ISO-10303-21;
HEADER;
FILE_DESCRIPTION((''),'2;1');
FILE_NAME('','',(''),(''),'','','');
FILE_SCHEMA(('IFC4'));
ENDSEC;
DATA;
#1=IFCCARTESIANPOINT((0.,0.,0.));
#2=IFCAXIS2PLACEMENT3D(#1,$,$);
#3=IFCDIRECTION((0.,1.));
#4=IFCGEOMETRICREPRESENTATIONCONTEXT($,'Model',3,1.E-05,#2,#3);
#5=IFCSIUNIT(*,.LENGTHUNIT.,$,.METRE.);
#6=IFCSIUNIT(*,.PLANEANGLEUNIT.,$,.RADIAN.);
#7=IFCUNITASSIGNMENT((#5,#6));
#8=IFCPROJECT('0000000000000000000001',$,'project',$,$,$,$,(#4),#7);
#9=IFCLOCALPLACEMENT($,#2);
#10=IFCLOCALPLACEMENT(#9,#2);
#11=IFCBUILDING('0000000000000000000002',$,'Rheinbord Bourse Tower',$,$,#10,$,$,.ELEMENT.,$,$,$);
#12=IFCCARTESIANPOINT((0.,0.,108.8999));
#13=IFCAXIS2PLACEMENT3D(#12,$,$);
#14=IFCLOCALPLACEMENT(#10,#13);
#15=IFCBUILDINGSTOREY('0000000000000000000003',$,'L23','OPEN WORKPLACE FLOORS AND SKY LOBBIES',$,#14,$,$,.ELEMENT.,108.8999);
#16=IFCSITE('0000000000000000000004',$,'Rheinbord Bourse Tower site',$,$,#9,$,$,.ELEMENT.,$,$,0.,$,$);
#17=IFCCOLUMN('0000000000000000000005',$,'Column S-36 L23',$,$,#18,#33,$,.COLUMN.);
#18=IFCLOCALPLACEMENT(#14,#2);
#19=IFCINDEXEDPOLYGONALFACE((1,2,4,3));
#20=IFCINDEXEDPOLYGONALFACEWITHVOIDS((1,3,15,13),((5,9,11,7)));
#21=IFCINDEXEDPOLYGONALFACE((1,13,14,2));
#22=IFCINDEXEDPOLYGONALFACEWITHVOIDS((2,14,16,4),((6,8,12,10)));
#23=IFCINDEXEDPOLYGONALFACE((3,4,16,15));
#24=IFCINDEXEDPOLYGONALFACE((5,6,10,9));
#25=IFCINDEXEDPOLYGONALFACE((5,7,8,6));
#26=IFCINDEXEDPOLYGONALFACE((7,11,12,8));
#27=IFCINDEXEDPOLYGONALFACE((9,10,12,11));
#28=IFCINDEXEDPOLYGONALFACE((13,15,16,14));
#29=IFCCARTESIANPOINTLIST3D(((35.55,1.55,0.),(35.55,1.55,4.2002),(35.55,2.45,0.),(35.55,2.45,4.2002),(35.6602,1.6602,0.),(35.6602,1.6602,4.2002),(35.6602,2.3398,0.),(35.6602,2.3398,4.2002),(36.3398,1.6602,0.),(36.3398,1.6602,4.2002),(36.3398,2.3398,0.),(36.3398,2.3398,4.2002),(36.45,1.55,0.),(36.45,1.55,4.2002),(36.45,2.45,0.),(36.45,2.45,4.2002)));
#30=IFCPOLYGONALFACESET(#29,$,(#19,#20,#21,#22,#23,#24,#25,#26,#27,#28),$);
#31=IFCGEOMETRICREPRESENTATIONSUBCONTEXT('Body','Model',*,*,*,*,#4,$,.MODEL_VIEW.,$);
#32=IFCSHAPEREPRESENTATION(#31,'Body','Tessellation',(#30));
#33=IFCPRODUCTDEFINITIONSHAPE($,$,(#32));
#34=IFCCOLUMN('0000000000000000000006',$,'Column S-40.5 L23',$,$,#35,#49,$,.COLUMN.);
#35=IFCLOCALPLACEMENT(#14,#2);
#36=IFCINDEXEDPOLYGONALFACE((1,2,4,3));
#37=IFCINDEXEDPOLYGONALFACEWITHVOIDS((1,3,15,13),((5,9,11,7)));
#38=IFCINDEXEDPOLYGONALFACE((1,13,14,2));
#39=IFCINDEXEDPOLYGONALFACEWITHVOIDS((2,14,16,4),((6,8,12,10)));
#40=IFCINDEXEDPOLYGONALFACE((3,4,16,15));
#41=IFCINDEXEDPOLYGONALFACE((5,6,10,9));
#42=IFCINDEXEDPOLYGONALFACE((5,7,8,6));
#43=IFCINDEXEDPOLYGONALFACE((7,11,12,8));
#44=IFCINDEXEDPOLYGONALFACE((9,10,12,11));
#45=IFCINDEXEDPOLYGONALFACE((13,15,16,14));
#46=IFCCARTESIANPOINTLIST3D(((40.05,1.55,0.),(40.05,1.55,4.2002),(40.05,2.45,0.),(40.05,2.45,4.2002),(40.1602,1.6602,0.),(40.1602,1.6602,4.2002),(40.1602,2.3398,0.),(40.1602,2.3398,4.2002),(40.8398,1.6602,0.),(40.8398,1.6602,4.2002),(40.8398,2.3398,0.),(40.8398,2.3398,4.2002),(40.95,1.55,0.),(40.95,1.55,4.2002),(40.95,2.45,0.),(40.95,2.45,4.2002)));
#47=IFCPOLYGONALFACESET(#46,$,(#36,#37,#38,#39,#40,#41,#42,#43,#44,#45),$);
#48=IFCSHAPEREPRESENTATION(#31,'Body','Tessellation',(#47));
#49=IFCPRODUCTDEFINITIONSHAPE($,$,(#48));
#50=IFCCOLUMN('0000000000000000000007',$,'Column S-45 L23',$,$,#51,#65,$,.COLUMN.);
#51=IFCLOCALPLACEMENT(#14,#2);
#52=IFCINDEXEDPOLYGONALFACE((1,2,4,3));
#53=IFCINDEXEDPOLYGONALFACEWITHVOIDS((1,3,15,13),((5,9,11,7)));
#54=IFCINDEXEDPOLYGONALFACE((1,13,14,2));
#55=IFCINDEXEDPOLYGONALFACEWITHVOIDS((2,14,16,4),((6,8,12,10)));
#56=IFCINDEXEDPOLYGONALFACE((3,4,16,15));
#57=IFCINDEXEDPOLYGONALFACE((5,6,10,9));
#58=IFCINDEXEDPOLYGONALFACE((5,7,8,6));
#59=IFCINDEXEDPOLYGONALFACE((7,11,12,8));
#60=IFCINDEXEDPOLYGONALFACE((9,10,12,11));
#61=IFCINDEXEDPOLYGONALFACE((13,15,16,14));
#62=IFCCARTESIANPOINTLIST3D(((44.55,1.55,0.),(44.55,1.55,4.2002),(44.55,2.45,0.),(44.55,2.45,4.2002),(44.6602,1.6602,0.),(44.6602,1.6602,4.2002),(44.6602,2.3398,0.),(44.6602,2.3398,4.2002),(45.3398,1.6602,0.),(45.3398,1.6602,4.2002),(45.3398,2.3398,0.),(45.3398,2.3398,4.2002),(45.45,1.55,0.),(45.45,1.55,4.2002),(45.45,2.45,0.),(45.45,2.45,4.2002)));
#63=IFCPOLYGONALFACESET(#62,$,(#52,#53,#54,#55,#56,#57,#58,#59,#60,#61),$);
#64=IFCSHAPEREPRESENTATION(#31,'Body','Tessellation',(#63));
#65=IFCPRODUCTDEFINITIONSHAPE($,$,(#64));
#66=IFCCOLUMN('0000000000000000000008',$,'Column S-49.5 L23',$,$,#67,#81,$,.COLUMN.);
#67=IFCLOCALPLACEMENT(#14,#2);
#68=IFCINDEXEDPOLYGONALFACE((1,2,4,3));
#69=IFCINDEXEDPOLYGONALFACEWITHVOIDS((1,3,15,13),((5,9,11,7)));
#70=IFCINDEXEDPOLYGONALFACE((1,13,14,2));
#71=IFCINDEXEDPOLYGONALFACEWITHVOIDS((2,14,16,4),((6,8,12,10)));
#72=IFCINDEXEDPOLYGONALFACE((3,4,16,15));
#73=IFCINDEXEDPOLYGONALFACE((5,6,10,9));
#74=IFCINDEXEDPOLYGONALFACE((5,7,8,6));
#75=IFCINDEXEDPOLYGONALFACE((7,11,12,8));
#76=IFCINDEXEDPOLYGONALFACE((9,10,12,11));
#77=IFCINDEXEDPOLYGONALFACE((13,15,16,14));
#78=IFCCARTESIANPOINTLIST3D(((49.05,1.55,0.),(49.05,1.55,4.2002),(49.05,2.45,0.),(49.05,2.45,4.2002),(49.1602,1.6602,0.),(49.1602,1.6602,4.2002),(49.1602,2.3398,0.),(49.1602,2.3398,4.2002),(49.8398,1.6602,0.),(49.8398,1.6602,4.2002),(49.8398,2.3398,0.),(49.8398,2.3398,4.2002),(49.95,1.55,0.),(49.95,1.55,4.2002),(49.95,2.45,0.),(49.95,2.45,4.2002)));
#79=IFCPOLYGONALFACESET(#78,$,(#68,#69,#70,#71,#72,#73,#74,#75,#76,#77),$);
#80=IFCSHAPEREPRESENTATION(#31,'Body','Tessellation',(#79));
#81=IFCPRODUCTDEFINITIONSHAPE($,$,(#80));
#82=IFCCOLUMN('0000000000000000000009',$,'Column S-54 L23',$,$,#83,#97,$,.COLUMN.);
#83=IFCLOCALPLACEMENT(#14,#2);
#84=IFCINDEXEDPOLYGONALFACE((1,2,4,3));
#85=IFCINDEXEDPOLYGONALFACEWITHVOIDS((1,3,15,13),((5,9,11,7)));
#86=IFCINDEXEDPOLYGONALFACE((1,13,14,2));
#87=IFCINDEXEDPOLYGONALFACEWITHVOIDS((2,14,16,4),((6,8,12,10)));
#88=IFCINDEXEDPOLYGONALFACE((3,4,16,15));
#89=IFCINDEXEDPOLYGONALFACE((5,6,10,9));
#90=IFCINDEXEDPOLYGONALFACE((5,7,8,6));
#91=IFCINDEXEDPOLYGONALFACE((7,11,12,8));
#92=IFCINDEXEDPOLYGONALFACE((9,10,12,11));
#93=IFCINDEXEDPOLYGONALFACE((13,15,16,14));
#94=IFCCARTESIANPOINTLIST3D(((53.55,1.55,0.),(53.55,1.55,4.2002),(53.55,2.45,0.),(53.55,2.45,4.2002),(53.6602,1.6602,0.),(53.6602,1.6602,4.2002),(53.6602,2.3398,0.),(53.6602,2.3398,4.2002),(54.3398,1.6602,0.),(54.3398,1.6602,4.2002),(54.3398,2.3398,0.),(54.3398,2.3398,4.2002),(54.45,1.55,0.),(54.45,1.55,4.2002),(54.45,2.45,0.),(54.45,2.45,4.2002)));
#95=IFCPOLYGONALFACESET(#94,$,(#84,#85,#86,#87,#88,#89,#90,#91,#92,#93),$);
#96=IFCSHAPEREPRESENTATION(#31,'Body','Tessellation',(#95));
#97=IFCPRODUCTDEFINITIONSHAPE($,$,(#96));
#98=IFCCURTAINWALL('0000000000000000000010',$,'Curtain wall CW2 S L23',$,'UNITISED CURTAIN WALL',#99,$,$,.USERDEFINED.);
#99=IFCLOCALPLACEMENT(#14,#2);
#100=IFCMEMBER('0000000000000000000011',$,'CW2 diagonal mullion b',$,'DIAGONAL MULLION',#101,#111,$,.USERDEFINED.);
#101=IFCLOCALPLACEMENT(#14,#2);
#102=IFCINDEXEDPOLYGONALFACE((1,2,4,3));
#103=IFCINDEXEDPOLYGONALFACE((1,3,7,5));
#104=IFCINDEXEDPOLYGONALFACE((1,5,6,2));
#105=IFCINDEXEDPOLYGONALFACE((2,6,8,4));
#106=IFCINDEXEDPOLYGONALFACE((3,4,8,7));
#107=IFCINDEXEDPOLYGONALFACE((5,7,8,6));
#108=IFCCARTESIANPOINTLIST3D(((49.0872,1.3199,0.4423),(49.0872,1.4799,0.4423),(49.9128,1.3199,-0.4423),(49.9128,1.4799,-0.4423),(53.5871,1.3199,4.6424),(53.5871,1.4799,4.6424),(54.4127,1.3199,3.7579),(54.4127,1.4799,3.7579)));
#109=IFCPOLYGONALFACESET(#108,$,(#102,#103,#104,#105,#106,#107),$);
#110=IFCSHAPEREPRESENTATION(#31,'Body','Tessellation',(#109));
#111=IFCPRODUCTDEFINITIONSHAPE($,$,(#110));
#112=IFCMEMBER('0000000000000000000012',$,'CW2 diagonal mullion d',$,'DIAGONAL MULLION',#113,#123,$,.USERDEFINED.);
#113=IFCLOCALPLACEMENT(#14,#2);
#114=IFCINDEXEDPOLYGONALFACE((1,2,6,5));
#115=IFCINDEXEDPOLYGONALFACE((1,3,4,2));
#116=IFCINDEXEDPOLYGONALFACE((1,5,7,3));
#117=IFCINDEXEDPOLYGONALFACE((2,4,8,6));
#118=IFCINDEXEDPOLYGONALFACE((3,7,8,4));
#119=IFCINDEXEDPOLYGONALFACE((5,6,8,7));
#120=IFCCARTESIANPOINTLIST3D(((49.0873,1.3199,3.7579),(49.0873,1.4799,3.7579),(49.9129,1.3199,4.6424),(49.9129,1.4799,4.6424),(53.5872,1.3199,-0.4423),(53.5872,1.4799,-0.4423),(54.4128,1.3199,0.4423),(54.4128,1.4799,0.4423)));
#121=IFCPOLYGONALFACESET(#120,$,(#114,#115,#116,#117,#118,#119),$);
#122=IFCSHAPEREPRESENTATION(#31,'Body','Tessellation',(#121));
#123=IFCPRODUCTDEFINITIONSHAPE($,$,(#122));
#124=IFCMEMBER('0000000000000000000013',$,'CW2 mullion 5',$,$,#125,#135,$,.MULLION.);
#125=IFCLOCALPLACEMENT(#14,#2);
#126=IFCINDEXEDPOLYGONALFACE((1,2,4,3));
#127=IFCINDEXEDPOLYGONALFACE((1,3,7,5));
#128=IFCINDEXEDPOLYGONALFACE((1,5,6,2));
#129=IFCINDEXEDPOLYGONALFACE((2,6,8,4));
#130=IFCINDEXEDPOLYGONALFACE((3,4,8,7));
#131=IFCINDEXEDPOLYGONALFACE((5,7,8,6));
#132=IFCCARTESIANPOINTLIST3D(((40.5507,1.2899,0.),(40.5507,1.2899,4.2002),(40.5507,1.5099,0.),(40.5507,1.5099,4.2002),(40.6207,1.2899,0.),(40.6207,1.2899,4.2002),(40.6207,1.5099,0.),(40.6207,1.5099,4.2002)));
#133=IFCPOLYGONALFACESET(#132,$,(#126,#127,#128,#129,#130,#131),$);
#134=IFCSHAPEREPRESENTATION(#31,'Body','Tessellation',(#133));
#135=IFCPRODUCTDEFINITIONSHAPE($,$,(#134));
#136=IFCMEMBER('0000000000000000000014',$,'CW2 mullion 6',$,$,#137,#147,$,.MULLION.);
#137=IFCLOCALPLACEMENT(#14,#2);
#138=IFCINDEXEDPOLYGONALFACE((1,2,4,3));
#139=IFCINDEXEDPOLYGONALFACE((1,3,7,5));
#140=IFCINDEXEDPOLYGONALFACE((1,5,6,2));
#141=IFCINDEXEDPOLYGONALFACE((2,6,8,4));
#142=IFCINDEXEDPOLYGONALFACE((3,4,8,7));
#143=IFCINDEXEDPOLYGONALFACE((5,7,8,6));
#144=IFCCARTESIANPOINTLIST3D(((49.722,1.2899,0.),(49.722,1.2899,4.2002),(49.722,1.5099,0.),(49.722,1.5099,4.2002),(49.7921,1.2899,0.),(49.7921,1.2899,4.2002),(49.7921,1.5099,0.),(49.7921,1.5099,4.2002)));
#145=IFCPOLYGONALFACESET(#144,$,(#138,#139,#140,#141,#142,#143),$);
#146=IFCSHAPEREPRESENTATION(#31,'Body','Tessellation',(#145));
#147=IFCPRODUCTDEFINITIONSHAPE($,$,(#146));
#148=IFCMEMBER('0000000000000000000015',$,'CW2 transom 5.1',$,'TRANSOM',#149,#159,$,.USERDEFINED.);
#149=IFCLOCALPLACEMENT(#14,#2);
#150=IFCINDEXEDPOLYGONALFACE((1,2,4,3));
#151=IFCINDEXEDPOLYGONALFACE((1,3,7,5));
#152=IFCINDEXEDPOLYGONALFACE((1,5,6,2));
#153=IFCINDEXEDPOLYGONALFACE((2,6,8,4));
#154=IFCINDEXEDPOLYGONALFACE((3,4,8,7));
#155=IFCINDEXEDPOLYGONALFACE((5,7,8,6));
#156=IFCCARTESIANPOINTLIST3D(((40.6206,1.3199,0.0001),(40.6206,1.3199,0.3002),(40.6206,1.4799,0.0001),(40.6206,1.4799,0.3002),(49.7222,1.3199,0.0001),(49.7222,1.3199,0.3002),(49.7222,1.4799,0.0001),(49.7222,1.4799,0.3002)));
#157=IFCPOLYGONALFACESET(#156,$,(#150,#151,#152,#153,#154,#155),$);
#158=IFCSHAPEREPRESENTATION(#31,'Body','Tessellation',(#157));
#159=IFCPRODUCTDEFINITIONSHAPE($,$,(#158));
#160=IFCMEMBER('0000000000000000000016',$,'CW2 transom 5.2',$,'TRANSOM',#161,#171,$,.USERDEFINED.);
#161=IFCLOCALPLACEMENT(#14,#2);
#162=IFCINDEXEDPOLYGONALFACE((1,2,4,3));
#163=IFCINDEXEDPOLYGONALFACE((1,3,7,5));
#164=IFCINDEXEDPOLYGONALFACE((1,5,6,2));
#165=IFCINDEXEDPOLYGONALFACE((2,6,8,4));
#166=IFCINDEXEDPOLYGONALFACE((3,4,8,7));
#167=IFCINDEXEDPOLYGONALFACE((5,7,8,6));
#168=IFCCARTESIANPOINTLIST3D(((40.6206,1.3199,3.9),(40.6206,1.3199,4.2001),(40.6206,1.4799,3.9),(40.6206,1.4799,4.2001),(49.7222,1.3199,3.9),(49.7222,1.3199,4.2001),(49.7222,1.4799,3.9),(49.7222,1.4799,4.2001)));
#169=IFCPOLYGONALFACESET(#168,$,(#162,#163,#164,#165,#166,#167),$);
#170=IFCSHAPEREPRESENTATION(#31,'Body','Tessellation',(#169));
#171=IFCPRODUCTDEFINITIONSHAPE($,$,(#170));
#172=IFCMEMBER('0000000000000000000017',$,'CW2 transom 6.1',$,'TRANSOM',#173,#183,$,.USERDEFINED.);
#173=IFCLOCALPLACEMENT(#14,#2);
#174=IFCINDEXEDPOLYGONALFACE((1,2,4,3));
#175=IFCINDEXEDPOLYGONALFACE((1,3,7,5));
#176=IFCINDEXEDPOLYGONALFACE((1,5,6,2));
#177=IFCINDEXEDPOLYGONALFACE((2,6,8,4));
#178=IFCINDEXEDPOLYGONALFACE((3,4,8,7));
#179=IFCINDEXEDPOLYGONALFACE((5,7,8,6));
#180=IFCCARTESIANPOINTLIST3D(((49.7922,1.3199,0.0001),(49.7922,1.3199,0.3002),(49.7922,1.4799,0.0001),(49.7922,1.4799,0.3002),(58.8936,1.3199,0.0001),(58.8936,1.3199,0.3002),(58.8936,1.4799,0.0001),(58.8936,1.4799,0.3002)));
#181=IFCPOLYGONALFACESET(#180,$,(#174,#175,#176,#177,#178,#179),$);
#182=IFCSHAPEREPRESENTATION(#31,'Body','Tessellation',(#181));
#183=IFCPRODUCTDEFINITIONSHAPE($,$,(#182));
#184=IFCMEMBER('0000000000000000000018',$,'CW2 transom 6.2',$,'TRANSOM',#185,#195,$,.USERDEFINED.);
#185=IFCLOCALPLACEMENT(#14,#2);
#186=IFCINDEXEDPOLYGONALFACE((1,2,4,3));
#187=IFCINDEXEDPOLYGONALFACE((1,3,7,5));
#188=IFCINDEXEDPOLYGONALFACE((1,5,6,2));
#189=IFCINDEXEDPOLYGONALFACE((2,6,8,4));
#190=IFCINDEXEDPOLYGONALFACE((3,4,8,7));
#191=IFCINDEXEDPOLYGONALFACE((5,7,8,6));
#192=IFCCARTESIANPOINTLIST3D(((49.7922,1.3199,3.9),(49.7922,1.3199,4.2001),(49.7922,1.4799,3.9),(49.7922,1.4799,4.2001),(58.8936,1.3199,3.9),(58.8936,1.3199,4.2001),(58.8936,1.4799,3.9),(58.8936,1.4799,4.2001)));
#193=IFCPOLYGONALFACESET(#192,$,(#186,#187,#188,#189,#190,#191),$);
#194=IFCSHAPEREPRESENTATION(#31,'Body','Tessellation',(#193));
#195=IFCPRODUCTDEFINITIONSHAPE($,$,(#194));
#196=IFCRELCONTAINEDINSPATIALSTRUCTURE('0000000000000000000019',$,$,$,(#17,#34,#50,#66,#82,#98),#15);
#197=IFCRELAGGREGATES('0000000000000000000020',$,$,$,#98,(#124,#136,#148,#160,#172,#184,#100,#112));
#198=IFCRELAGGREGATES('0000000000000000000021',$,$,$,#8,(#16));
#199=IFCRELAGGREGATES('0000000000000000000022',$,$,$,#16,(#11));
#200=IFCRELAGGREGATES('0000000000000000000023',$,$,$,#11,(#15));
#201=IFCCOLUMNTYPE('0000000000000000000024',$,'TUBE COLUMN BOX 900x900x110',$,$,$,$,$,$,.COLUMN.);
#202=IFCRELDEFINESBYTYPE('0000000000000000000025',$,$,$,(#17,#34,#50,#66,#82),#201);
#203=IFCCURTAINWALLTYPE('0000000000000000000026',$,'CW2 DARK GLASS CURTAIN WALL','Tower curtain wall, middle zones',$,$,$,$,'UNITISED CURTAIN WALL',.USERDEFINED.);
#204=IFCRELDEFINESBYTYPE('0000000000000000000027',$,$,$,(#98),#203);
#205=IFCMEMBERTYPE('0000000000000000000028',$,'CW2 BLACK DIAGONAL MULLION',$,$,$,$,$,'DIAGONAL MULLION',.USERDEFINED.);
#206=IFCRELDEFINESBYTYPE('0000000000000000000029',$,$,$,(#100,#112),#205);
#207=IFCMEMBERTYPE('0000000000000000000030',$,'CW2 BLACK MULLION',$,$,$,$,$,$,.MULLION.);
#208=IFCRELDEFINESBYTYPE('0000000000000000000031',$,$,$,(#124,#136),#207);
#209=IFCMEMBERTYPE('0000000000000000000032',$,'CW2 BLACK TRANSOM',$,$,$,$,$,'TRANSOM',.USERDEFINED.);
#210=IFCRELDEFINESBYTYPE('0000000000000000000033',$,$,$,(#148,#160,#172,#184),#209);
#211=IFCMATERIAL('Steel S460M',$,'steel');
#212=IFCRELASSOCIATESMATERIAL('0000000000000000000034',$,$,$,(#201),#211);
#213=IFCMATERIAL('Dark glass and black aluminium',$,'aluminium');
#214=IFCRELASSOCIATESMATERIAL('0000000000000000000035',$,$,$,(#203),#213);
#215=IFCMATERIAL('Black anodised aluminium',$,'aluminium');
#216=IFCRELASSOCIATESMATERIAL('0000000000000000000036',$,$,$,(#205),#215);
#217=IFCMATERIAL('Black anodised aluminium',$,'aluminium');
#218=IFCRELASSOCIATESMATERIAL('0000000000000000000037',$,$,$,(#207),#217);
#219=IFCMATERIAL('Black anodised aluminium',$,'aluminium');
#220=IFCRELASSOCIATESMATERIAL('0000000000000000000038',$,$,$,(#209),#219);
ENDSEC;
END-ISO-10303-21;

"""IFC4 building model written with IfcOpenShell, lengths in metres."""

from ifc_helpers import new_model, si_unit, direction, frame, origin, origin_2d, place, context, subcontext, project, spatial, rectangle, hollow_rectangle, extrude, material, material_profile, profile_set, type_object, element, aggregate, save


model = new_model("IFC4")

# Units and contexts
model_context = context("Model", 3, precision=1e-05, world=origin(), true_north=direction((0.0, 1.0)))
body_context = subcontext(model_context, "Body", "Model", "MODEL_VIEW")
ifc_project = project(units=[si_unit("LENGTHUNIT", "METRE"), si_unit("PLANEANGLEUNIT", "RADIAN")], contexts=[model_context])

# Site, building, storey
site_placement = place(None, origin())
site = spatial("IfcSite", under=ifc_project, at=site_placement, Name="Rheinbord Bourse Tower site", CompositionType="ELEMENT", RefElevation=0.0)
building_placement = place(site_placement, origin())
building = spatial("IfcBuilding", under=site, at=building_placement, Name="Rheinbord Bourse Tower", CompositionType="ELEMENT")
storey_placement = place(building_placement, frame((0.0, 0.0, 108.8999)))
storey = spatial("IfcBuildingStorey", under=building, at=storey_placement, Name="L23", Description="OPEN WORKPLACE FLOORS AND SKY LOBBIES", CompositionType="ELEMENT", Elevation=108.8999)

# Columns
ifc_material_1 = material(Name="Steel S460M", Category="steel")
ifc_material_profile_1 = material_profile(ifc_material_1, hollow_rectangle(XDim=0.8999, YDim=0.8999, WallThickness=0.1101, at=origin_2d()), Name="BOX 900x900x110")
ifc_profile_set_1 = profile_set([ifc_material_profile_1], Name="Steel S460M")
column_type = type_object("IfcColumnType", Name="TUBE COLUMN BOX 900x900x110", PredefinedType="COLUMN", material=ifc_profile_set_1)
for number, where, z_axis, x_axis, name in (
    (1, (36.0, 2.0, 0.0), (0.0, 0.0, 1.0), (0.0, 1.0, 0.0), "Column S-36 L23"),
    (2, (40.5, 2.0, 0.0), (0.0, 0.0, 1.0), (0.0, 1.0, 0.0), "Column S-40.5 L23"),
    (3, (45.0, 2.0, 0.0), (0.0, 0.0, 1.0), (0.0, 1.0, 0.0), "Column S-45 L23"),
    (4, (49.5, 2.0, 0.0), (0.0, 0.0, 1.0), (0.0, 1.0, 0.0), "Column S-49.5 L23"),
    (5, (54.0, 2.0, 0.0), (0.0, 0.0, 1.0), (0.0, 1.0, 0.0), "Column S-54 L23"),
):
    element("IfcColumn", number, at=place(storey_placement, frame(where, z_axis=z_axis, x_axis=x_axis)), inside=storey, type_object=column_type, Name=name, PredefinedType="COLUMN", context=body_context, shape_type="SweptSolid", body=[
        extrude(hollow_rectangle(XDim=0.8999, YDim=0.8999, WallThickness=0.1101, at=origin_2d()), origin(), (0.0, 0.0, 1.0), 4.2002),
    ])

# Curtain wall, members
ifc_material_2 = material(Name="Dark glass and black aluminium", Category="aluminium")
curtain_wall_type = type_object("IfcCurtainWallType", Name="CW2 DARK GLASS CURTAIN WALL", Description="Tower curtain wall, middle zones", ElementType="UNITISED CURTAIN WALL", PredefinedType="USERDEFINED", material=ifc_material_2)
curtain_wall_placement = place(storey_placement, origin())
curtain_wall = element("IfcCurtainWall", 6, at=curtain_wall_placement, inside=storey, type_object=curtain_wall_type, Name="Curtain wall CW2 S L23", ObjectType="UNITISED CURTAIN WALL", PredefinedType="USERDEFINED")
ifc_material_3 = material(Name="Black anodised aluminium", Category="aluminium")
ifc_material_profile_2 = material_profile(ifc_material_3, rectangle(XDim=0.1599, YDim=1.21, at=origin_2d()), Name="CW2 DIAGONAL MULLION 1210x160")
ifc_profile_set_2 = profile_set([ifc_material_profile_2], Name="Black anodised aluminium")
member_type_1 = type_object("IfcMemberType", Name="CW2 BLACK DIAGONAL MULLION", ElementType="DIAGONAL MULLION", PredefinedType="USERDEFINED", material=ifc_profile_set_2)
member_1_placement = place(storey_placement, frame((49.5, 1.3999, 0.0), z_axis=(0.731039, 0.0, 0.682335), x_axis=(0.0, 1.0, 0.0)))
member_1 = element("IfcMember", 7, at=member_1_placement, type_object=member_type_1, Name="CW2 diagonal mullion b", ObjectType="DIAGONAL MULLION", PredefinedType="USERDEFINED", context=body_context, shape_type="SweptSolid", body=[
    extrude(rectangle(XDim=0.1599, YDim=1.21, at=origin_2d()), origin(), (0.0, 0.0, 1.0), 6.1555),
])
member_2_placement = place(storey_placement, frame((54.0, 1.3999, 0.0), z_axis=(-0.731039, 0.0, 0.682335), x_axis=(0.0, -1.0, 0.0)))
member_2 = element("IfcMember", 8, at=member_2_placement, type_object=member_type_1, Name="CW2 diagonal mullion d", ObjectType="DIAGONAL MULLION", PredefinedType="USERDEFINED", context=body_context, shape_type="SweptSolid", body=[
    extrude(rectangle(XDim=0.1599, YDim=1.21, at=origin_2d()), origin(), (0.0, 0.0, 1.0), 6.1555),
])
ifc_material_4 = material(Name="Black anodised aluminium", Category="aluminium")
ifc_material_profile_3 = material_profile(ifc_material_4, rectangle(XDim=0.22, YDim=0.0701, at=origin_2d()), Name="CW2 MULLION 70x220")
ifc_profile_set_3 = profile_set([ifc_material_profile_3], Name="Black anodised aluminium")
member_type_2 = type_object("IfcMemberType", Name="CW2 BLACK MULLION", PredefinedType="MULLION", material=ifc_profile_set_3)
member_3_placement = place(storey_placement, frame((40.5857, 1.3999, 0.0), z_axis=(0.0, 0.0, 1.0), x_axis=(0.0, 1.0, 0.0)))
member_3 = element("IfcMember", 9, at=member_3_placement, type_object=member_type_2, Name="CW2 mullion 5", PredefinedType="MULLION", context=body_context, shape_type="SweptSolid", body=[
    extrude(rectangle(XDim=0.22, YDim=0.0701, at=origin_2d()), origin(), (0.0, 0.0, 1.0), 4.2002),
])
member_4_placement = place(storey_placement, frame((49.7571, 1.3999, 0.0), z_axis=(0.0, 0.0, 1.0), x_axis=(0.0, 1.0, 0.0)))
member_4 = element("IfcMember", 10, at=member_4_placement, type_object=member_type_2, Name="CW2 mullion 6", PredefinedType="MULLION", context=body_context, shape_type="SweptSolid", body=[
    extrude(rectangle(XDim=0.22, YDim=0.0701, at=origin_2d()), origin(), (0.0, 0.0, 1.0), 4.2002),
])
ifc_material_5 = material(Name="Black anodised aluminium", Category="aluminium")
ifc_material_profile_4 = material_profile(ifc_material_5, rectangle(XDim=0.1599, YDim=0.3, at=origin_2d()), Name="CW2 TRANSOM 300x160")
ifc_profile_set_4 = profile_set([ifc_material_profile_4], Name="Black anodised aluminium")
member_type_3 = type_object("IfcMemberType", Name="CW2 BLACK TRANSOM", ElementType="TRANSOM", PredefinedType="USERDEFINED", material=ifc_profile_set_4)
member_5_placement = place(storey_placement, frame((40.6206, 1.3999, 0.1501), z_axis=(1.0, 0.0, 0.0), x_axis=(0.0, 1.0, 0.0)))
member_5 = element("IfcMember", 11, at=member_5_placement, type_object=member_type_3, Name="CW2 transom 5.1", ObjectType="TRANSOM", PredefinedType="USERDEFINED", context=body_context, shape_type="SweptSolid", body=[
    extrude(rectangle(XDim=0.1599, YDim=0.3, at=origin_2d()), origin(), (0.0, 0.0, 1.0), 9.1016),
])
member_6_placement = place(storey_placement, frame((40.6206, 1.3999, 4.05), z_axis=(1.0, 0.0, 0.0), x_axis=(0.0, 1.0, 0.0)))
member_6 = element("IfcMember", 12, at=member_6_placement, type_object=member_type_3, Name="CW2 transom 5.2", ObjectType="TRANSOM", PredefinedType="USERDEFINED", context=body_context, shape_type="SweptSolid", body=[
    extrude(rectangle(XDim=0.1599, YDim=0.3, at=origin_2d()), origin(), (0.0, 0.0, 1.0), 9.1016),
])
member_7_placement = place(storey_placement, frame((49.7922, 1.3999, 0.1501), z_axis=(1.0, 0.0, 0.0), x_axis=(0.0, 1.0, 0.0)))
member_7 = element("IfcMember", 13, at=member_7_placement, type_object=member_type_3, Name="CW2 transom 6.1", ObjectType="TRANSOM", PredefinedType="USERDEFINED", context=body_context, shape_type="SweptSolid", body=[
    extrude(rectangle(XDim=0.1599, YDim=0.3, at=origin_2d()), origin(), (0.0, 0.0, 1.0), 9.1013),
])
member_8_placement = place(storey_placement, frame((49.7922, 1.3999, 4.05), z_axis=(1.0, 0.0, 0.0), x_axis=(0.0, 1.0, 0.0)))
member_8 = element("IfcMember", 14, at=member_8_placement, type_object=member_type_3, Name="CW2 transom 6.2", ObjectType="TRANSOM", PredefinedType="USERDEFINED", context=body_context, shape_type="SweptSolid", body=[
    extrude(rectangle(XDim=0.1599, YDim=0.3, at=origin_2d()), origin(), (0.0, 0.0, 1.0), 9.1013),
])

aggregate(curtain_wall, [member_3, member_4, member_5, member_6, member_7, member_8, member_1, member_2])

save(model, "model.ifc")
